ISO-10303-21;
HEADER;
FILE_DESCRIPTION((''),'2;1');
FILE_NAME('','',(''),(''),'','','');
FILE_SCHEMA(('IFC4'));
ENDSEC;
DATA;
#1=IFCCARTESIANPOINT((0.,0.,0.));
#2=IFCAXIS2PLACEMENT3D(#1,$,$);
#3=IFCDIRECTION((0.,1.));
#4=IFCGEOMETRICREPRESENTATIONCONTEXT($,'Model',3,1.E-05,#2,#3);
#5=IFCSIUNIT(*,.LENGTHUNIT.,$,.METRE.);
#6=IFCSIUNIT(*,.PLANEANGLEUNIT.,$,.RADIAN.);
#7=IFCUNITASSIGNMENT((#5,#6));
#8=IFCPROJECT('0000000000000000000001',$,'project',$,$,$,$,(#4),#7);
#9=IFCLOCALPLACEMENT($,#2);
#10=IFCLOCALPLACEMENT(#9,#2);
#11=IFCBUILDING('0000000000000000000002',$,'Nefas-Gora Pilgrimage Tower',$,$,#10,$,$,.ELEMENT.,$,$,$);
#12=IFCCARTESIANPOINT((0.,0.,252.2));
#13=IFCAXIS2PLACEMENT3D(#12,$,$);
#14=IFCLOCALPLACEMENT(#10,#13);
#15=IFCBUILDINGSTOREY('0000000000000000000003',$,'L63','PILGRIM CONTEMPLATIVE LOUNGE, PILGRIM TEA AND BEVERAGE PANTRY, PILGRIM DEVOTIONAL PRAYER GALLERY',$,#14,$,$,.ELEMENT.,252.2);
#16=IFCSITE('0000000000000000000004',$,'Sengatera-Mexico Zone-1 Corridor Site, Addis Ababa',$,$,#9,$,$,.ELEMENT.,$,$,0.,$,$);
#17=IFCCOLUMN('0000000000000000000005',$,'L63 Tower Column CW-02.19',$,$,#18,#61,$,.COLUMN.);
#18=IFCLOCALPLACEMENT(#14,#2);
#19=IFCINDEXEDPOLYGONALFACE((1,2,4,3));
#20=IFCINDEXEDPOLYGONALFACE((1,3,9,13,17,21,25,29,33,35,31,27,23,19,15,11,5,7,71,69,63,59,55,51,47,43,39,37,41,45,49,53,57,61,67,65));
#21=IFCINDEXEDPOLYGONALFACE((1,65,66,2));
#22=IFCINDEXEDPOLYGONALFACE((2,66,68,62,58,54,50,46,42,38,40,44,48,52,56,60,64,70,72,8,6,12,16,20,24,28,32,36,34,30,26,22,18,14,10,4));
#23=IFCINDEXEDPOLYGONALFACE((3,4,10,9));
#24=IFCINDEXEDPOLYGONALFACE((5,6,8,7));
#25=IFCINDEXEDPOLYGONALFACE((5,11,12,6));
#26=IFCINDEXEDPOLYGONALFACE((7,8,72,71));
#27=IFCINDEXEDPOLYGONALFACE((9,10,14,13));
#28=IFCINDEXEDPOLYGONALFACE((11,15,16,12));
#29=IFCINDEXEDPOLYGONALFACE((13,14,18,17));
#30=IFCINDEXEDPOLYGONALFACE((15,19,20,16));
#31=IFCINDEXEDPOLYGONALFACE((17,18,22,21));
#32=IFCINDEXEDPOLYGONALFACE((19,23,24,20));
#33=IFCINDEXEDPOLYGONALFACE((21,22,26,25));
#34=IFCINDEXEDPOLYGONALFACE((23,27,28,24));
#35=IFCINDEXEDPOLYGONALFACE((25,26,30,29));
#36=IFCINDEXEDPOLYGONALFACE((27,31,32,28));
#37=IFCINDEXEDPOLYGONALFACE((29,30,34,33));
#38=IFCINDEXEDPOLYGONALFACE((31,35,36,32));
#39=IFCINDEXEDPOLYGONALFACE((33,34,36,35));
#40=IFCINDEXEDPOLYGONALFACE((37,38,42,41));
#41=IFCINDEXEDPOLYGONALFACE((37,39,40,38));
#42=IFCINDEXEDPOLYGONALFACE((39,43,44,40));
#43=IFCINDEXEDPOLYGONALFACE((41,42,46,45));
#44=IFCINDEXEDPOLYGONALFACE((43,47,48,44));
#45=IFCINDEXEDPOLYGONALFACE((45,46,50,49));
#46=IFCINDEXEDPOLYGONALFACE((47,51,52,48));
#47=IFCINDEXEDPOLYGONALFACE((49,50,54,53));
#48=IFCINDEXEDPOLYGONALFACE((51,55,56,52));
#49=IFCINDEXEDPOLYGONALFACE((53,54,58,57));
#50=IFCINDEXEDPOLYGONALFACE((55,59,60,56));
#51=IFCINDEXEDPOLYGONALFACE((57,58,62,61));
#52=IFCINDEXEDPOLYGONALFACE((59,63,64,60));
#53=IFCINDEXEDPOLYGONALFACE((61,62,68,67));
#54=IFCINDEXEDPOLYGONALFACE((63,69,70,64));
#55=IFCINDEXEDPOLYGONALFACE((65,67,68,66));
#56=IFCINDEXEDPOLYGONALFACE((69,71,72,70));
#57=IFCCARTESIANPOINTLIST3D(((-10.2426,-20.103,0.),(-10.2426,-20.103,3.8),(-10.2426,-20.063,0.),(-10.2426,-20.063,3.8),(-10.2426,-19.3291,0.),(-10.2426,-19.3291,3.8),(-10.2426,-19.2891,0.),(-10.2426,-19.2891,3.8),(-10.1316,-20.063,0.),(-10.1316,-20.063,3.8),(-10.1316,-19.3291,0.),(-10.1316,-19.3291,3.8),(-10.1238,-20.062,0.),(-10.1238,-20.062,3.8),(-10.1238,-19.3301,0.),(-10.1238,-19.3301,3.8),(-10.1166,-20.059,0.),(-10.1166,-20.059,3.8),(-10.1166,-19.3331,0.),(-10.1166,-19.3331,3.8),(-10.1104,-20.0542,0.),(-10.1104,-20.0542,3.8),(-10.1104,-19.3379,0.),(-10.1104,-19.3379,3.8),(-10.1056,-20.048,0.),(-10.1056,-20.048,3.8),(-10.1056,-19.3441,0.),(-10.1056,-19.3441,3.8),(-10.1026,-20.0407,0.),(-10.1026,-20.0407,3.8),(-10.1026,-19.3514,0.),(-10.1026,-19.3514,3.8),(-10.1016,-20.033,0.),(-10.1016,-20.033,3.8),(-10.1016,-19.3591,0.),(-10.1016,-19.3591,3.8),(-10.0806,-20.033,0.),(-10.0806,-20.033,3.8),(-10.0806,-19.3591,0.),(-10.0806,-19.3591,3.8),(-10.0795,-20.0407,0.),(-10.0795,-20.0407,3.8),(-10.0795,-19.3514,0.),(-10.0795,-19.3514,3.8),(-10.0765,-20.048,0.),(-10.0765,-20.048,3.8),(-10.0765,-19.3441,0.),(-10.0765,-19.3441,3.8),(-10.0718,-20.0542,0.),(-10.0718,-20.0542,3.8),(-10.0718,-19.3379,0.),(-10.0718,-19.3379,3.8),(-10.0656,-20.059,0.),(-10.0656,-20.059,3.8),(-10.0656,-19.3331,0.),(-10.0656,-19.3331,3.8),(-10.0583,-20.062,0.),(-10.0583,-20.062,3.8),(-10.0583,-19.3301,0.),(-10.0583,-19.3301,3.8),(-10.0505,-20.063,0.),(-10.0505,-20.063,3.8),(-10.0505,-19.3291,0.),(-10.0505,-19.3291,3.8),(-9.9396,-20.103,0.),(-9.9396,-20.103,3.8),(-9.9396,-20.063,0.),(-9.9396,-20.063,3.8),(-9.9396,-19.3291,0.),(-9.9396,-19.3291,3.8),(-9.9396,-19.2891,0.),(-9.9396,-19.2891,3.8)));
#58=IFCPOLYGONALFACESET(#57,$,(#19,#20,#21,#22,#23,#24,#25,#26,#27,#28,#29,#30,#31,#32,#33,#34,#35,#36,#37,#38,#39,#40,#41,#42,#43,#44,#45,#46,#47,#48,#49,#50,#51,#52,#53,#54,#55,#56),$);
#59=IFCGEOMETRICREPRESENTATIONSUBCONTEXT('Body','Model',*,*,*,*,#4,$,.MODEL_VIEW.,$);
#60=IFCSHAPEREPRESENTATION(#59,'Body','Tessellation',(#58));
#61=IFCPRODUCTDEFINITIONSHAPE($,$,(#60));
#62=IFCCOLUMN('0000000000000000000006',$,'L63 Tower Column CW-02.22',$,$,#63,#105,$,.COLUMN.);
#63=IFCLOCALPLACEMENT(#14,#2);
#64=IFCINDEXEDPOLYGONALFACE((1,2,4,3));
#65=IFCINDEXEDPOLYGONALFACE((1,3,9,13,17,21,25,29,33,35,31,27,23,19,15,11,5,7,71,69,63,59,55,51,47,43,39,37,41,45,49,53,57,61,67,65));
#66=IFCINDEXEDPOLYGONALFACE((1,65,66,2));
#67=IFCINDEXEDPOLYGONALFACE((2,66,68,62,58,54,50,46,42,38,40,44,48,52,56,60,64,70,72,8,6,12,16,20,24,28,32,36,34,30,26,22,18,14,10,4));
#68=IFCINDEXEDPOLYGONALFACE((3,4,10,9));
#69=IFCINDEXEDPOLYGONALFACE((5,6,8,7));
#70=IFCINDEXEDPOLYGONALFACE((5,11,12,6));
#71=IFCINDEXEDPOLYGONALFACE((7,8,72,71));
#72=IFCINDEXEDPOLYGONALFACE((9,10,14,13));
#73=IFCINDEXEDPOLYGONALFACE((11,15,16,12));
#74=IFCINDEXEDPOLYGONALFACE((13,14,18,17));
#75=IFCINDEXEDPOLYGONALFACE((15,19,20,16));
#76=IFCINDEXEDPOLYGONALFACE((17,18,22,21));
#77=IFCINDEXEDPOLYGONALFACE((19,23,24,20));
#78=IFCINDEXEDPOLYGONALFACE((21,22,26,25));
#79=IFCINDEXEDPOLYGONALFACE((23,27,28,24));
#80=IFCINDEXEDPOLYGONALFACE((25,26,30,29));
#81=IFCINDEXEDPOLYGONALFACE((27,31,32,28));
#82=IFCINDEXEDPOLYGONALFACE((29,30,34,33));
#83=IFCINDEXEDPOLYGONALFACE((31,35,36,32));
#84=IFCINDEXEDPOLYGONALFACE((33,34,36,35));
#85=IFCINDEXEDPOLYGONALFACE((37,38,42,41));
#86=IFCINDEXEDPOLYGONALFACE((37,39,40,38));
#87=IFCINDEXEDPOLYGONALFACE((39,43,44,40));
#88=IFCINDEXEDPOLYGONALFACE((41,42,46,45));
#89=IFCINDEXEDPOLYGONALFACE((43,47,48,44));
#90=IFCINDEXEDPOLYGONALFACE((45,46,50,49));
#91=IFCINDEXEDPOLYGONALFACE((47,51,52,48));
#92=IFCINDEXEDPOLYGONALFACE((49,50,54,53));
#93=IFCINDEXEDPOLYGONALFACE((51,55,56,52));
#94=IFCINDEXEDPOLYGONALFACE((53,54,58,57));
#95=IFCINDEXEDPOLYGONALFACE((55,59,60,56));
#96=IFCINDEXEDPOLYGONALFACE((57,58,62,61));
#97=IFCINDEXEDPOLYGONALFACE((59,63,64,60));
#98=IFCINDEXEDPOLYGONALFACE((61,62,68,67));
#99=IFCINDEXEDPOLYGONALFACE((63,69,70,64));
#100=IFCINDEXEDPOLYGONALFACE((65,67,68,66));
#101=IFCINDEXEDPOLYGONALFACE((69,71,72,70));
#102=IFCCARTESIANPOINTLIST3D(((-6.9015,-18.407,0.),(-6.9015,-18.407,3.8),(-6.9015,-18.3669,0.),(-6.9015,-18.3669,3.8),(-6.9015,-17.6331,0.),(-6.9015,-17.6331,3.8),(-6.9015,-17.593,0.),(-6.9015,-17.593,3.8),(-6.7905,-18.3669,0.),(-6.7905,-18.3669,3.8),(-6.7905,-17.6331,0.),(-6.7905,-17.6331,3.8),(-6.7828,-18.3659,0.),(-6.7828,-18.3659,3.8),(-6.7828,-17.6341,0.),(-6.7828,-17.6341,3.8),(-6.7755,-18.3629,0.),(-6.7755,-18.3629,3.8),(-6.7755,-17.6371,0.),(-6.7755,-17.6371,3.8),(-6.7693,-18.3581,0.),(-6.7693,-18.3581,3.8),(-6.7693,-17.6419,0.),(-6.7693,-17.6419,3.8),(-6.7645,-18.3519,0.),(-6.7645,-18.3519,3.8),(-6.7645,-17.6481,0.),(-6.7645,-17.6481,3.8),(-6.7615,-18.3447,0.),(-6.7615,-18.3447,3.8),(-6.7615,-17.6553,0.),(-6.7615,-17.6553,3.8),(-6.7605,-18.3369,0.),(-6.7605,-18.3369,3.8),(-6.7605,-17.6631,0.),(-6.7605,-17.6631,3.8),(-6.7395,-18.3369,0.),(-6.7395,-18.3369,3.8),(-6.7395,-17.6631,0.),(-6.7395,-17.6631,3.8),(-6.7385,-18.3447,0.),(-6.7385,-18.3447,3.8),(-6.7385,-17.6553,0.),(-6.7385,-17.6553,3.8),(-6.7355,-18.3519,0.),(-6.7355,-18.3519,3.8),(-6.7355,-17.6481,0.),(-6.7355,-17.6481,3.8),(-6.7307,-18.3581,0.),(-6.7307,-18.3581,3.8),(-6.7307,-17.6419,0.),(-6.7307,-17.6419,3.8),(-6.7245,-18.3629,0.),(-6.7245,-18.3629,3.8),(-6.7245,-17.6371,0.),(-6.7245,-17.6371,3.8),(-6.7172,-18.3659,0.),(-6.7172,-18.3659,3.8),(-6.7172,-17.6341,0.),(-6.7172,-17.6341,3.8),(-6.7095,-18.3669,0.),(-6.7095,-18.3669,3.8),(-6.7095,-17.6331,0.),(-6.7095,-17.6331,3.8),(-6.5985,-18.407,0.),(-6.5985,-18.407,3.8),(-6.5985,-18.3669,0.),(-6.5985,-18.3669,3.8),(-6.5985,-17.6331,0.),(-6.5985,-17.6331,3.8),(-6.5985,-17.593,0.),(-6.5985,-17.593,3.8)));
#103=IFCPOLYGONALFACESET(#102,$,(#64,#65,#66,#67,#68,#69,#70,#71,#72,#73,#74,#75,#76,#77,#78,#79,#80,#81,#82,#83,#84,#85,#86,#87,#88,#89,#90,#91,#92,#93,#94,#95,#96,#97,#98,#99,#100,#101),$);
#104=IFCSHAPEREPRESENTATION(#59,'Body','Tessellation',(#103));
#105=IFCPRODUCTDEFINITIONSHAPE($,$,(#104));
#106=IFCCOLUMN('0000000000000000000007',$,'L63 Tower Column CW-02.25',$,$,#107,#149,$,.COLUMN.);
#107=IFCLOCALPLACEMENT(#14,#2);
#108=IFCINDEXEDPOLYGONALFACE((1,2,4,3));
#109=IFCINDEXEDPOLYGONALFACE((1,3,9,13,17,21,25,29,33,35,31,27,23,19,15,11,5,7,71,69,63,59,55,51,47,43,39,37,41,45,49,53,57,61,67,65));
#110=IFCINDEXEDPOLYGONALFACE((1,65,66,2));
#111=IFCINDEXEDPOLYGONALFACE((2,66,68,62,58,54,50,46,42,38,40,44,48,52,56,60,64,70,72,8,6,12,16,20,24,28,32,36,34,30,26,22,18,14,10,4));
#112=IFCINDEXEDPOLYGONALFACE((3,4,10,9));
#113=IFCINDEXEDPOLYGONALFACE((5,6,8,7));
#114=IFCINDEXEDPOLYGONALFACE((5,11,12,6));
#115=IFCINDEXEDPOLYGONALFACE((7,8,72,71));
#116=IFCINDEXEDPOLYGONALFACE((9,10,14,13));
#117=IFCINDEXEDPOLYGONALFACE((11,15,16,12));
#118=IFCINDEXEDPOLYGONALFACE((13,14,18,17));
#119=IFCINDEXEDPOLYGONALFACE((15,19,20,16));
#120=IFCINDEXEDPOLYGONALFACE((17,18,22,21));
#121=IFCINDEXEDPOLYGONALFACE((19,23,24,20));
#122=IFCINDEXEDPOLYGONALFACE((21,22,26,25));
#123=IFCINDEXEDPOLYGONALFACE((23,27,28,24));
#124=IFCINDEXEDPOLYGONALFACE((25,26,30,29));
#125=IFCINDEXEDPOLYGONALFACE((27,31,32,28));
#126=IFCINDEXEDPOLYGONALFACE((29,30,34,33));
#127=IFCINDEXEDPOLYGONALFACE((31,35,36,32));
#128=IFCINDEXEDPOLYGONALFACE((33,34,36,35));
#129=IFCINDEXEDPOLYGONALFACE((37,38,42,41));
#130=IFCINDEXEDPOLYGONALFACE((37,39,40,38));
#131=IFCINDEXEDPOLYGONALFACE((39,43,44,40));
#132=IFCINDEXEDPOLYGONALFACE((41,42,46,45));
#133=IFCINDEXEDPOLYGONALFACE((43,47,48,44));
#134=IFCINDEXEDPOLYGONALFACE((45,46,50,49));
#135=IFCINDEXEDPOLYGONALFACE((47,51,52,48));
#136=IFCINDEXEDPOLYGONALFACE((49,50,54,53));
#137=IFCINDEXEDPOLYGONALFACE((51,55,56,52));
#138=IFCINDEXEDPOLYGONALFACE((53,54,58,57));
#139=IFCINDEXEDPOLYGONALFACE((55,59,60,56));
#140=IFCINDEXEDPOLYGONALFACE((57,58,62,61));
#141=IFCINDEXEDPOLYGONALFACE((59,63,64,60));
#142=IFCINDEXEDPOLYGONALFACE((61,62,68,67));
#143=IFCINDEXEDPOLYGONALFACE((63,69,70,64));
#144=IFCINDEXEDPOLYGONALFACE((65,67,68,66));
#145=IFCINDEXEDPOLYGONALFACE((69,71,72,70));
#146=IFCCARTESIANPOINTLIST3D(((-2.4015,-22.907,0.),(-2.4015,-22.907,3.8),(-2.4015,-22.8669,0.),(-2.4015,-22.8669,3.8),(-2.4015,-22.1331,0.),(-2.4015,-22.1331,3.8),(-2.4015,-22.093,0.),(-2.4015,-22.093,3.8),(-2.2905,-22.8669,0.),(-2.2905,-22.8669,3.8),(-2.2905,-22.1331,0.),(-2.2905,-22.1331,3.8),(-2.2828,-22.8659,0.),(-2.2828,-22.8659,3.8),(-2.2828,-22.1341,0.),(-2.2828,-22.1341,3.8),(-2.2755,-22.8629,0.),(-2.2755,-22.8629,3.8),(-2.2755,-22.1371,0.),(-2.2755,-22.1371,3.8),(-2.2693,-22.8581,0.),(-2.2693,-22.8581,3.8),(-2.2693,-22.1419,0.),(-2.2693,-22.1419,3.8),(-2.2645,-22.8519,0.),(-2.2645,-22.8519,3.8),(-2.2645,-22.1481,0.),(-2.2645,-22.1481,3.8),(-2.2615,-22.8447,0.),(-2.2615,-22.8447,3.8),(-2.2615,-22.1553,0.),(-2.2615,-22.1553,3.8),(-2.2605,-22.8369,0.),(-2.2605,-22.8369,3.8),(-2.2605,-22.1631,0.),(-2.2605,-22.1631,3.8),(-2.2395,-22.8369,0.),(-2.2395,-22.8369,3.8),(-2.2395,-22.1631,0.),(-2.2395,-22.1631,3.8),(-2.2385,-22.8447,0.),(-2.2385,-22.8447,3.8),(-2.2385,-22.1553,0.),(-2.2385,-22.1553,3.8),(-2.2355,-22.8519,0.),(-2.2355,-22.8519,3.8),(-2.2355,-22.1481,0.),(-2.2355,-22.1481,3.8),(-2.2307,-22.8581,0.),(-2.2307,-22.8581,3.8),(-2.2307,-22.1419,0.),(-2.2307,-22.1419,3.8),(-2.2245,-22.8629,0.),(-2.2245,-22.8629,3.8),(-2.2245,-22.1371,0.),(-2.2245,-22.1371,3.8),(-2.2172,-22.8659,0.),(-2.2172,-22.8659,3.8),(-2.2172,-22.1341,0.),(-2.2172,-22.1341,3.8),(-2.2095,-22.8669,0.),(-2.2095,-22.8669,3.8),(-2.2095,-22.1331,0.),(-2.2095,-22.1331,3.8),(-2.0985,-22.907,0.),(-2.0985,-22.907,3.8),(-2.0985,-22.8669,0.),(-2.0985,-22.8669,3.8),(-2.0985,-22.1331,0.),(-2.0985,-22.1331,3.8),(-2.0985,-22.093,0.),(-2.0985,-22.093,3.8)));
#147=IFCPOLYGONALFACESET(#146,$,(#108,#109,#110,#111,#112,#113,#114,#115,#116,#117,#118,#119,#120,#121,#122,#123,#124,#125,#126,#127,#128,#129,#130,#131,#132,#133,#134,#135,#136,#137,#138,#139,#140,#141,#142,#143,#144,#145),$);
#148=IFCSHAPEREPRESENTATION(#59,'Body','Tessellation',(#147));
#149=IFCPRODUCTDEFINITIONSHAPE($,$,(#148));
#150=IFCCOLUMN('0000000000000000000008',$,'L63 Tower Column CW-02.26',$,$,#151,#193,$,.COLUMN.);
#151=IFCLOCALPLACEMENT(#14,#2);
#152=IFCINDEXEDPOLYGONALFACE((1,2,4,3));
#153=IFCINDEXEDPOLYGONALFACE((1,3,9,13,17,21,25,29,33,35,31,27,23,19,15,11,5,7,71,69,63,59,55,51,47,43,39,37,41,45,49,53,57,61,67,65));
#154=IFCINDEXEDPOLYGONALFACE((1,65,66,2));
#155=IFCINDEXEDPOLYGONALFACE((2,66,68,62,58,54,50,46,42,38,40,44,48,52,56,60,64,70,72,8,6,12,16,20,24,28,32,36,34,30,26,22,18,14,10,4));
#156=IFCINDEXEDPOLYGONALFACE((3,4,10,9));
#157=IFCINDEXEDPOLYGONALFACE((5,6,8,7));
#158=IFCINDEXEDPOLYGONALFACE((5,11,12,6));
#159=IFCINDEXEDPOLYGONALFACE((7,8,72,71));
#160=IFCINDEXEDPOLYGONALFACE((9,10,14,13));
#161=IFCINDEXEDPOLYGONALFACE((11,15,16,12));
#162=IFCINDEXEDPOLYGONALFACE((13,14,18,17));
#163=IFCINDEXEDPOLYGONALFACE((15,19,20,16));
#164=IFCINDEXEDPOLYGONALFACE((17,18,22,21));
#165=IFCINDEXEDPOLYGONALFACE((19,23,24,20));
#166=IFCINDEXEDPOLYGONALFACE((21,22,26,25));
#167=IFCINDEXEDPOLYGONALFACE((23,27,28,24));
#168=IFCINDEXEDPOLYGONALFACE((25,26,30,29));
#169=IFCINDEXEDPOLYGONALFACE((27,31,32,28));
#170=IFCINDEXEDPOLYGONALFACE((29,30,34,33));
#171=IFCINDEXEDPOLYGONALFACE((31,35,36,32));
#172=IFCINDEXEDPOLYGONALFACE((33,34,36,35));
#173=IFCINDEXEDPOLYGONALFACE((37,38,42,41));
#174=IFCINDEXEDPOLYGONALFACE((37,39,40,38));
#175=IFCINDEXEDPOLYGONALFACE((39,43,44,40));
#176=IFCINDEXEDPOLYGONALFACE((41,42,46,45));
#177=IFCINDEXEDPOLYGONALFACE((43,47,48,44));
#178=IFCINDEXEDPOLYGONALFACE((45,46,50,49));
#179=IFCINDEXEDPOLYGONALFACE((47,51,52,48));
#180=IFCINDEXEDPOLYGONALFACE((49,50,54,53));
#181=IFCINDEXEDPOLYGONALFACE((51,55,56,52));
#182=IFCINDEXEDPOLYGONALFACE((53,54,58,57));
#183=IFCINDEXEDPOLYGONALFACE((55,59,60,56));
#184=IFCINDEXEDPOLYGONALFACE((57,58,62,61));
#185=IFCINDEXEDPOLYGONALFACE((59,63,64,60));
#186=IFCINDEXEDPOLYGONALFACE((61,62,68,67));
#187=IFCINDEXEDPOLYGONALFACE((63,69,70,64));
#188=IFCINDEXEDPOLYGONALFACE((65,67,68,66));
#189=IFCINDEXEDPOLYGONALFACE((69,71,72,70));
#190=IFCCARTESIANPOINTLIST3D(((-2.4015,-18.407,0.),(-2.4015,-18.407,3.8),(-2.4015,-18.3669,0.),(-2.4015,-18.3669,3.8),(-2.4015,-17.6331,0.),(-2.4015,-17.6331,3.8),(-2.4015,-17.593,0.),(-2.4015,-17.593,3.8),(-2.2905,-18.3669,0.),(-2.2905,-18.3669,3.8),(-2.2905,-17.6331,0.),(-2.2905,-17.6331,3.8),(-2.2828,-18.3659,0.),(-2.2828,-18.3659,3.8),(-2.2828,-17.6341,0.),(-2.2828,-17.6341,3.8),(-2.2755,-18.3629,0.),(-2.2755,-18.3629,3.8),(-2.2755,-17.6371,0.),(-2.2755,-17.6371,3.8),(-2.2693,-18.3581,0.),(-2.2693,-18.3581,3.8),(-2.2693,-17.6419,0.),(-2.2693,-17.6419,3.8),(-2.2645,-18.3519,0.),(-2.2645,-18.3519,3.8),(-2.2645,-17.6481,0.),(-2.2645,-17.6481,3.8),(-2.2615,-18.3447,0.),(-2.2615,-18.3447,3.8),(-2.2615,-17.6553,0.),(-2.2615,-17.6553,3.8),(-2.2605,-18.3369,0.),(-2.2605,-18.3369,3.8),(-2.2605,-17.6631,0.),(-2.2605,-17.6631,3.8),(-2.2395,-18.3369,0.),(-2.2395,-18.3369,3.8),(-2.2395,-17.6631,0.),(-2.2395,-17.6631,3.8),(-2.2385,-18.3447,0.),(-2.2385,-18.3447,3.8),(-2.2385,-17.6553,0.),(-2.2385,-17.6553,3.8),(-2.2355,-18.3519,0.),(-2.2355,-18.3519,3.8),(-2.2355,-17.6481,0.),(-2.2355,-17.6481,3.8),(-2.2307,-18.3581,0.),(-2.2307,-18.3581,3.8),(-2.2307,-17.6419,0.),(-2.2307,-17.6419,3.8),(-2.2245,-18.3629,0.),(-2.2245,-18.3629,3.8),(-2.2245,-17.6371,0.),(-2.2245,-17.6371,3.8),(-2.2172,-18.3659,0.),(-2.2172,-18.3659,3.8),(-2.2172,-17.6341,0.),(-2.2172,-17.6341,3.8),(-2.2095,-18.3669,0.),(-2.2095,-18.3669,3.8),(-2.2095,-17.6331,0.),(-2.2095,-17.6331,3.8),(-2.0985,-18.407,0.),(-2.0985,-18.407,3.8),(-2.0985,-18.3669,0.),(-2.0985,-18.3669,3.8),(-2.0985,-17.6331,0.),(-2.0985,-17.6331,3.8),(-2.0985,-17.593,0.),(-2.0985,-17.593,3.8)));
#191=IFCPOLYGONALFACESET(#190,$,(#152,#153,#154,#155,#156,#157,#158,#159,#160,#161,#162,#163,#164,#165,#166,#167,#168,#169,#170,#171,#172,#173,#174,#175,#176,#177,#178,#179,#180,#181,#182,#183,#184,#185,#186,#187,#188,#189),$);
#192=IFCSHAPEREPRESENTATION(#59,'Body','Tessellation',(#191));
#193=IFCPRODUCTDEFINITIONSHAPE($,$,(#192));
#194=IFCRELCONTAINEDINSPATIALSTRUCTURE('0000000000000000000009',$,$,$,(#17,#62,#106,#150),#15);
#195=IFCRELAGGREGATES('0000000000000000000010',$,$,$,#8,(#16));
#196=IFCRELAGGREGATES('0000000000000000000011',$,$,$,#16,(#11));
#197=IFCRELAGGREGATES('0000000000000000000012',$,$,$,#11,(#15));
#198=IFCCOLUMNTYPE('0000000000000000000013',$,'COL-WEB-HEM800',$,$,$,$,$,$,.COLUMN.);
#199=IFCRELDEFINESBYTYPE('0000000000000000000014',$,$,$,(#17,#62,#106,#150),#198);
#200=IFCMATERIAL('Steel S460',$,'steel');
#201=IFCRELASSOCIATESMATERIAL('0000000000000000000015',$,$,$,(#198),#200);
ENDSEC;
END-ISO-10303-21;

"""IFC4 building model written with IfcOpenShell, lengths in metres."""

from ifc_helpers import new_model, si_unit, direction, frame, origin, origin_2d, place, context, subcontext, project, spatial, i_section, extrude, source, transform, mapped, material, material_profile, profile_set, type_object, element, save


model = new_model("IFC4")

# Units and contexts
model_context = context("Model", 3, precision=1e-05, world=origin(), true_north=direction((0.0, 1.0)))
body_context = subcontext(model_context, "Body", "Model", "MODEL_VIEW")
ifc_project = project(units=[si_unit("LENGTHUNIT", "METRE"), si_unit("PLANEANGLEUNIT", "RADIAN")], contexts=[model_context])

# Site, building, storey
site_placement = place(None, origin())
site = spatial("IfcSite", under=ifc_project, at=site_placement, Name="Sengatera-Mexico Zone-1 Corridor Site, Addis Ababa", CompositionType="ELEMENT", RefElevation=0.0)
building_placement = place(site_placement, origin())
building = spatial("IfcBuilding", under=site, at=building_placement, Name="Nefas-Gora Pilgrimage Tower", CompositionType="ELEMENT")
storey_placement = place(building_placement, frame((0.0, 0.0, 252.2)))
storey = spatial("IfcBuildingStorey", under=building, at=storey_placement, Name="L63", Description="PILGRIM CONTEMPLATIVE LOUNGE, PILGRIM TEA AND BEVERAGE PANTRY, PILGRIM DEVOTIONAL PRAYER GALLERY", CompositionType="ELEMENT", Elevation=252.2)

# Columns
ifc_material_1 = material(Name="Steel S460", Category="steel")
ifc_material_profile_1 = material_profile(ifc_material_1, i_section(OverallWidth=0.303, OverallDepth=0.814, WebThickness=0.021, FlangeThickness=0.04, FilletRadius=0.03, at=origin_2d()), Name="HEM 800")
ifc_profile_set_1 = profile_set([ifc_material_profile_1], Name="Steel S460")
column_type_1 = type_object("IfcColumnType", Name="COL-WEB-HEM800", PredefinedType="COLUMN", material=ifc_profile_set_1)
shared_shape_1 = source(origin(), body_context, "Body", "SweptSolid", [
    extrude(i_section(OverallWidth=0.303, OverallDepth=0.814, WebThickness=0.021, FlangeThickness=0.04, FilletRadius=0.03, at=origin_2d()), origin(), (0.0, 0.0, 1.0), 3.8),
])
for number, where, z_axis, x_axis, name in (
    (1, (-10.0911, -19.696, 0.0), (0.0, 0.0, 1.0), (1.0, 0.0, 0.0), "L63 Tower Column CW-02.19"),
    (2, (-6.75, -18.0, 0.0), (0.0, 0.0, 1.0), (1.0, 0.0, 0.0), "L63 Tower Column CW-02.22"),
    (3, (-2.25, -22.5, 0.0), (0.0, 0.0, 1.0), (1.0, 0.0, 0.0), "L63 Tower Column CW-02.25"),
    (4, (-2.25, -18.0, 0.0), (0.0, 0.0, 1.0), (1.0, 0.0, 0.0), "L63 Tower Column CW-02.26"),
):
    element("IfcColumn", number, at=place(storey_placement, frame(where, z_axis=z_axis, x_axis=x_axis)), inside=storey, type_object=column_type_1, Name=name, PredefinedType="COLUMN", context=body_context, shape_type="MappedRepresentation", body=[
        mapped(shared_shape_1, transform((0.0, 0.0, 0.0), x_axis=(1.0, 0.0, 0.0), y_axis=(0.0, 1.0, 0.0), z_axis=(0.0, 0.0, 1.0), scale=1.0)),
    ])

save(model, "model.ifc")
